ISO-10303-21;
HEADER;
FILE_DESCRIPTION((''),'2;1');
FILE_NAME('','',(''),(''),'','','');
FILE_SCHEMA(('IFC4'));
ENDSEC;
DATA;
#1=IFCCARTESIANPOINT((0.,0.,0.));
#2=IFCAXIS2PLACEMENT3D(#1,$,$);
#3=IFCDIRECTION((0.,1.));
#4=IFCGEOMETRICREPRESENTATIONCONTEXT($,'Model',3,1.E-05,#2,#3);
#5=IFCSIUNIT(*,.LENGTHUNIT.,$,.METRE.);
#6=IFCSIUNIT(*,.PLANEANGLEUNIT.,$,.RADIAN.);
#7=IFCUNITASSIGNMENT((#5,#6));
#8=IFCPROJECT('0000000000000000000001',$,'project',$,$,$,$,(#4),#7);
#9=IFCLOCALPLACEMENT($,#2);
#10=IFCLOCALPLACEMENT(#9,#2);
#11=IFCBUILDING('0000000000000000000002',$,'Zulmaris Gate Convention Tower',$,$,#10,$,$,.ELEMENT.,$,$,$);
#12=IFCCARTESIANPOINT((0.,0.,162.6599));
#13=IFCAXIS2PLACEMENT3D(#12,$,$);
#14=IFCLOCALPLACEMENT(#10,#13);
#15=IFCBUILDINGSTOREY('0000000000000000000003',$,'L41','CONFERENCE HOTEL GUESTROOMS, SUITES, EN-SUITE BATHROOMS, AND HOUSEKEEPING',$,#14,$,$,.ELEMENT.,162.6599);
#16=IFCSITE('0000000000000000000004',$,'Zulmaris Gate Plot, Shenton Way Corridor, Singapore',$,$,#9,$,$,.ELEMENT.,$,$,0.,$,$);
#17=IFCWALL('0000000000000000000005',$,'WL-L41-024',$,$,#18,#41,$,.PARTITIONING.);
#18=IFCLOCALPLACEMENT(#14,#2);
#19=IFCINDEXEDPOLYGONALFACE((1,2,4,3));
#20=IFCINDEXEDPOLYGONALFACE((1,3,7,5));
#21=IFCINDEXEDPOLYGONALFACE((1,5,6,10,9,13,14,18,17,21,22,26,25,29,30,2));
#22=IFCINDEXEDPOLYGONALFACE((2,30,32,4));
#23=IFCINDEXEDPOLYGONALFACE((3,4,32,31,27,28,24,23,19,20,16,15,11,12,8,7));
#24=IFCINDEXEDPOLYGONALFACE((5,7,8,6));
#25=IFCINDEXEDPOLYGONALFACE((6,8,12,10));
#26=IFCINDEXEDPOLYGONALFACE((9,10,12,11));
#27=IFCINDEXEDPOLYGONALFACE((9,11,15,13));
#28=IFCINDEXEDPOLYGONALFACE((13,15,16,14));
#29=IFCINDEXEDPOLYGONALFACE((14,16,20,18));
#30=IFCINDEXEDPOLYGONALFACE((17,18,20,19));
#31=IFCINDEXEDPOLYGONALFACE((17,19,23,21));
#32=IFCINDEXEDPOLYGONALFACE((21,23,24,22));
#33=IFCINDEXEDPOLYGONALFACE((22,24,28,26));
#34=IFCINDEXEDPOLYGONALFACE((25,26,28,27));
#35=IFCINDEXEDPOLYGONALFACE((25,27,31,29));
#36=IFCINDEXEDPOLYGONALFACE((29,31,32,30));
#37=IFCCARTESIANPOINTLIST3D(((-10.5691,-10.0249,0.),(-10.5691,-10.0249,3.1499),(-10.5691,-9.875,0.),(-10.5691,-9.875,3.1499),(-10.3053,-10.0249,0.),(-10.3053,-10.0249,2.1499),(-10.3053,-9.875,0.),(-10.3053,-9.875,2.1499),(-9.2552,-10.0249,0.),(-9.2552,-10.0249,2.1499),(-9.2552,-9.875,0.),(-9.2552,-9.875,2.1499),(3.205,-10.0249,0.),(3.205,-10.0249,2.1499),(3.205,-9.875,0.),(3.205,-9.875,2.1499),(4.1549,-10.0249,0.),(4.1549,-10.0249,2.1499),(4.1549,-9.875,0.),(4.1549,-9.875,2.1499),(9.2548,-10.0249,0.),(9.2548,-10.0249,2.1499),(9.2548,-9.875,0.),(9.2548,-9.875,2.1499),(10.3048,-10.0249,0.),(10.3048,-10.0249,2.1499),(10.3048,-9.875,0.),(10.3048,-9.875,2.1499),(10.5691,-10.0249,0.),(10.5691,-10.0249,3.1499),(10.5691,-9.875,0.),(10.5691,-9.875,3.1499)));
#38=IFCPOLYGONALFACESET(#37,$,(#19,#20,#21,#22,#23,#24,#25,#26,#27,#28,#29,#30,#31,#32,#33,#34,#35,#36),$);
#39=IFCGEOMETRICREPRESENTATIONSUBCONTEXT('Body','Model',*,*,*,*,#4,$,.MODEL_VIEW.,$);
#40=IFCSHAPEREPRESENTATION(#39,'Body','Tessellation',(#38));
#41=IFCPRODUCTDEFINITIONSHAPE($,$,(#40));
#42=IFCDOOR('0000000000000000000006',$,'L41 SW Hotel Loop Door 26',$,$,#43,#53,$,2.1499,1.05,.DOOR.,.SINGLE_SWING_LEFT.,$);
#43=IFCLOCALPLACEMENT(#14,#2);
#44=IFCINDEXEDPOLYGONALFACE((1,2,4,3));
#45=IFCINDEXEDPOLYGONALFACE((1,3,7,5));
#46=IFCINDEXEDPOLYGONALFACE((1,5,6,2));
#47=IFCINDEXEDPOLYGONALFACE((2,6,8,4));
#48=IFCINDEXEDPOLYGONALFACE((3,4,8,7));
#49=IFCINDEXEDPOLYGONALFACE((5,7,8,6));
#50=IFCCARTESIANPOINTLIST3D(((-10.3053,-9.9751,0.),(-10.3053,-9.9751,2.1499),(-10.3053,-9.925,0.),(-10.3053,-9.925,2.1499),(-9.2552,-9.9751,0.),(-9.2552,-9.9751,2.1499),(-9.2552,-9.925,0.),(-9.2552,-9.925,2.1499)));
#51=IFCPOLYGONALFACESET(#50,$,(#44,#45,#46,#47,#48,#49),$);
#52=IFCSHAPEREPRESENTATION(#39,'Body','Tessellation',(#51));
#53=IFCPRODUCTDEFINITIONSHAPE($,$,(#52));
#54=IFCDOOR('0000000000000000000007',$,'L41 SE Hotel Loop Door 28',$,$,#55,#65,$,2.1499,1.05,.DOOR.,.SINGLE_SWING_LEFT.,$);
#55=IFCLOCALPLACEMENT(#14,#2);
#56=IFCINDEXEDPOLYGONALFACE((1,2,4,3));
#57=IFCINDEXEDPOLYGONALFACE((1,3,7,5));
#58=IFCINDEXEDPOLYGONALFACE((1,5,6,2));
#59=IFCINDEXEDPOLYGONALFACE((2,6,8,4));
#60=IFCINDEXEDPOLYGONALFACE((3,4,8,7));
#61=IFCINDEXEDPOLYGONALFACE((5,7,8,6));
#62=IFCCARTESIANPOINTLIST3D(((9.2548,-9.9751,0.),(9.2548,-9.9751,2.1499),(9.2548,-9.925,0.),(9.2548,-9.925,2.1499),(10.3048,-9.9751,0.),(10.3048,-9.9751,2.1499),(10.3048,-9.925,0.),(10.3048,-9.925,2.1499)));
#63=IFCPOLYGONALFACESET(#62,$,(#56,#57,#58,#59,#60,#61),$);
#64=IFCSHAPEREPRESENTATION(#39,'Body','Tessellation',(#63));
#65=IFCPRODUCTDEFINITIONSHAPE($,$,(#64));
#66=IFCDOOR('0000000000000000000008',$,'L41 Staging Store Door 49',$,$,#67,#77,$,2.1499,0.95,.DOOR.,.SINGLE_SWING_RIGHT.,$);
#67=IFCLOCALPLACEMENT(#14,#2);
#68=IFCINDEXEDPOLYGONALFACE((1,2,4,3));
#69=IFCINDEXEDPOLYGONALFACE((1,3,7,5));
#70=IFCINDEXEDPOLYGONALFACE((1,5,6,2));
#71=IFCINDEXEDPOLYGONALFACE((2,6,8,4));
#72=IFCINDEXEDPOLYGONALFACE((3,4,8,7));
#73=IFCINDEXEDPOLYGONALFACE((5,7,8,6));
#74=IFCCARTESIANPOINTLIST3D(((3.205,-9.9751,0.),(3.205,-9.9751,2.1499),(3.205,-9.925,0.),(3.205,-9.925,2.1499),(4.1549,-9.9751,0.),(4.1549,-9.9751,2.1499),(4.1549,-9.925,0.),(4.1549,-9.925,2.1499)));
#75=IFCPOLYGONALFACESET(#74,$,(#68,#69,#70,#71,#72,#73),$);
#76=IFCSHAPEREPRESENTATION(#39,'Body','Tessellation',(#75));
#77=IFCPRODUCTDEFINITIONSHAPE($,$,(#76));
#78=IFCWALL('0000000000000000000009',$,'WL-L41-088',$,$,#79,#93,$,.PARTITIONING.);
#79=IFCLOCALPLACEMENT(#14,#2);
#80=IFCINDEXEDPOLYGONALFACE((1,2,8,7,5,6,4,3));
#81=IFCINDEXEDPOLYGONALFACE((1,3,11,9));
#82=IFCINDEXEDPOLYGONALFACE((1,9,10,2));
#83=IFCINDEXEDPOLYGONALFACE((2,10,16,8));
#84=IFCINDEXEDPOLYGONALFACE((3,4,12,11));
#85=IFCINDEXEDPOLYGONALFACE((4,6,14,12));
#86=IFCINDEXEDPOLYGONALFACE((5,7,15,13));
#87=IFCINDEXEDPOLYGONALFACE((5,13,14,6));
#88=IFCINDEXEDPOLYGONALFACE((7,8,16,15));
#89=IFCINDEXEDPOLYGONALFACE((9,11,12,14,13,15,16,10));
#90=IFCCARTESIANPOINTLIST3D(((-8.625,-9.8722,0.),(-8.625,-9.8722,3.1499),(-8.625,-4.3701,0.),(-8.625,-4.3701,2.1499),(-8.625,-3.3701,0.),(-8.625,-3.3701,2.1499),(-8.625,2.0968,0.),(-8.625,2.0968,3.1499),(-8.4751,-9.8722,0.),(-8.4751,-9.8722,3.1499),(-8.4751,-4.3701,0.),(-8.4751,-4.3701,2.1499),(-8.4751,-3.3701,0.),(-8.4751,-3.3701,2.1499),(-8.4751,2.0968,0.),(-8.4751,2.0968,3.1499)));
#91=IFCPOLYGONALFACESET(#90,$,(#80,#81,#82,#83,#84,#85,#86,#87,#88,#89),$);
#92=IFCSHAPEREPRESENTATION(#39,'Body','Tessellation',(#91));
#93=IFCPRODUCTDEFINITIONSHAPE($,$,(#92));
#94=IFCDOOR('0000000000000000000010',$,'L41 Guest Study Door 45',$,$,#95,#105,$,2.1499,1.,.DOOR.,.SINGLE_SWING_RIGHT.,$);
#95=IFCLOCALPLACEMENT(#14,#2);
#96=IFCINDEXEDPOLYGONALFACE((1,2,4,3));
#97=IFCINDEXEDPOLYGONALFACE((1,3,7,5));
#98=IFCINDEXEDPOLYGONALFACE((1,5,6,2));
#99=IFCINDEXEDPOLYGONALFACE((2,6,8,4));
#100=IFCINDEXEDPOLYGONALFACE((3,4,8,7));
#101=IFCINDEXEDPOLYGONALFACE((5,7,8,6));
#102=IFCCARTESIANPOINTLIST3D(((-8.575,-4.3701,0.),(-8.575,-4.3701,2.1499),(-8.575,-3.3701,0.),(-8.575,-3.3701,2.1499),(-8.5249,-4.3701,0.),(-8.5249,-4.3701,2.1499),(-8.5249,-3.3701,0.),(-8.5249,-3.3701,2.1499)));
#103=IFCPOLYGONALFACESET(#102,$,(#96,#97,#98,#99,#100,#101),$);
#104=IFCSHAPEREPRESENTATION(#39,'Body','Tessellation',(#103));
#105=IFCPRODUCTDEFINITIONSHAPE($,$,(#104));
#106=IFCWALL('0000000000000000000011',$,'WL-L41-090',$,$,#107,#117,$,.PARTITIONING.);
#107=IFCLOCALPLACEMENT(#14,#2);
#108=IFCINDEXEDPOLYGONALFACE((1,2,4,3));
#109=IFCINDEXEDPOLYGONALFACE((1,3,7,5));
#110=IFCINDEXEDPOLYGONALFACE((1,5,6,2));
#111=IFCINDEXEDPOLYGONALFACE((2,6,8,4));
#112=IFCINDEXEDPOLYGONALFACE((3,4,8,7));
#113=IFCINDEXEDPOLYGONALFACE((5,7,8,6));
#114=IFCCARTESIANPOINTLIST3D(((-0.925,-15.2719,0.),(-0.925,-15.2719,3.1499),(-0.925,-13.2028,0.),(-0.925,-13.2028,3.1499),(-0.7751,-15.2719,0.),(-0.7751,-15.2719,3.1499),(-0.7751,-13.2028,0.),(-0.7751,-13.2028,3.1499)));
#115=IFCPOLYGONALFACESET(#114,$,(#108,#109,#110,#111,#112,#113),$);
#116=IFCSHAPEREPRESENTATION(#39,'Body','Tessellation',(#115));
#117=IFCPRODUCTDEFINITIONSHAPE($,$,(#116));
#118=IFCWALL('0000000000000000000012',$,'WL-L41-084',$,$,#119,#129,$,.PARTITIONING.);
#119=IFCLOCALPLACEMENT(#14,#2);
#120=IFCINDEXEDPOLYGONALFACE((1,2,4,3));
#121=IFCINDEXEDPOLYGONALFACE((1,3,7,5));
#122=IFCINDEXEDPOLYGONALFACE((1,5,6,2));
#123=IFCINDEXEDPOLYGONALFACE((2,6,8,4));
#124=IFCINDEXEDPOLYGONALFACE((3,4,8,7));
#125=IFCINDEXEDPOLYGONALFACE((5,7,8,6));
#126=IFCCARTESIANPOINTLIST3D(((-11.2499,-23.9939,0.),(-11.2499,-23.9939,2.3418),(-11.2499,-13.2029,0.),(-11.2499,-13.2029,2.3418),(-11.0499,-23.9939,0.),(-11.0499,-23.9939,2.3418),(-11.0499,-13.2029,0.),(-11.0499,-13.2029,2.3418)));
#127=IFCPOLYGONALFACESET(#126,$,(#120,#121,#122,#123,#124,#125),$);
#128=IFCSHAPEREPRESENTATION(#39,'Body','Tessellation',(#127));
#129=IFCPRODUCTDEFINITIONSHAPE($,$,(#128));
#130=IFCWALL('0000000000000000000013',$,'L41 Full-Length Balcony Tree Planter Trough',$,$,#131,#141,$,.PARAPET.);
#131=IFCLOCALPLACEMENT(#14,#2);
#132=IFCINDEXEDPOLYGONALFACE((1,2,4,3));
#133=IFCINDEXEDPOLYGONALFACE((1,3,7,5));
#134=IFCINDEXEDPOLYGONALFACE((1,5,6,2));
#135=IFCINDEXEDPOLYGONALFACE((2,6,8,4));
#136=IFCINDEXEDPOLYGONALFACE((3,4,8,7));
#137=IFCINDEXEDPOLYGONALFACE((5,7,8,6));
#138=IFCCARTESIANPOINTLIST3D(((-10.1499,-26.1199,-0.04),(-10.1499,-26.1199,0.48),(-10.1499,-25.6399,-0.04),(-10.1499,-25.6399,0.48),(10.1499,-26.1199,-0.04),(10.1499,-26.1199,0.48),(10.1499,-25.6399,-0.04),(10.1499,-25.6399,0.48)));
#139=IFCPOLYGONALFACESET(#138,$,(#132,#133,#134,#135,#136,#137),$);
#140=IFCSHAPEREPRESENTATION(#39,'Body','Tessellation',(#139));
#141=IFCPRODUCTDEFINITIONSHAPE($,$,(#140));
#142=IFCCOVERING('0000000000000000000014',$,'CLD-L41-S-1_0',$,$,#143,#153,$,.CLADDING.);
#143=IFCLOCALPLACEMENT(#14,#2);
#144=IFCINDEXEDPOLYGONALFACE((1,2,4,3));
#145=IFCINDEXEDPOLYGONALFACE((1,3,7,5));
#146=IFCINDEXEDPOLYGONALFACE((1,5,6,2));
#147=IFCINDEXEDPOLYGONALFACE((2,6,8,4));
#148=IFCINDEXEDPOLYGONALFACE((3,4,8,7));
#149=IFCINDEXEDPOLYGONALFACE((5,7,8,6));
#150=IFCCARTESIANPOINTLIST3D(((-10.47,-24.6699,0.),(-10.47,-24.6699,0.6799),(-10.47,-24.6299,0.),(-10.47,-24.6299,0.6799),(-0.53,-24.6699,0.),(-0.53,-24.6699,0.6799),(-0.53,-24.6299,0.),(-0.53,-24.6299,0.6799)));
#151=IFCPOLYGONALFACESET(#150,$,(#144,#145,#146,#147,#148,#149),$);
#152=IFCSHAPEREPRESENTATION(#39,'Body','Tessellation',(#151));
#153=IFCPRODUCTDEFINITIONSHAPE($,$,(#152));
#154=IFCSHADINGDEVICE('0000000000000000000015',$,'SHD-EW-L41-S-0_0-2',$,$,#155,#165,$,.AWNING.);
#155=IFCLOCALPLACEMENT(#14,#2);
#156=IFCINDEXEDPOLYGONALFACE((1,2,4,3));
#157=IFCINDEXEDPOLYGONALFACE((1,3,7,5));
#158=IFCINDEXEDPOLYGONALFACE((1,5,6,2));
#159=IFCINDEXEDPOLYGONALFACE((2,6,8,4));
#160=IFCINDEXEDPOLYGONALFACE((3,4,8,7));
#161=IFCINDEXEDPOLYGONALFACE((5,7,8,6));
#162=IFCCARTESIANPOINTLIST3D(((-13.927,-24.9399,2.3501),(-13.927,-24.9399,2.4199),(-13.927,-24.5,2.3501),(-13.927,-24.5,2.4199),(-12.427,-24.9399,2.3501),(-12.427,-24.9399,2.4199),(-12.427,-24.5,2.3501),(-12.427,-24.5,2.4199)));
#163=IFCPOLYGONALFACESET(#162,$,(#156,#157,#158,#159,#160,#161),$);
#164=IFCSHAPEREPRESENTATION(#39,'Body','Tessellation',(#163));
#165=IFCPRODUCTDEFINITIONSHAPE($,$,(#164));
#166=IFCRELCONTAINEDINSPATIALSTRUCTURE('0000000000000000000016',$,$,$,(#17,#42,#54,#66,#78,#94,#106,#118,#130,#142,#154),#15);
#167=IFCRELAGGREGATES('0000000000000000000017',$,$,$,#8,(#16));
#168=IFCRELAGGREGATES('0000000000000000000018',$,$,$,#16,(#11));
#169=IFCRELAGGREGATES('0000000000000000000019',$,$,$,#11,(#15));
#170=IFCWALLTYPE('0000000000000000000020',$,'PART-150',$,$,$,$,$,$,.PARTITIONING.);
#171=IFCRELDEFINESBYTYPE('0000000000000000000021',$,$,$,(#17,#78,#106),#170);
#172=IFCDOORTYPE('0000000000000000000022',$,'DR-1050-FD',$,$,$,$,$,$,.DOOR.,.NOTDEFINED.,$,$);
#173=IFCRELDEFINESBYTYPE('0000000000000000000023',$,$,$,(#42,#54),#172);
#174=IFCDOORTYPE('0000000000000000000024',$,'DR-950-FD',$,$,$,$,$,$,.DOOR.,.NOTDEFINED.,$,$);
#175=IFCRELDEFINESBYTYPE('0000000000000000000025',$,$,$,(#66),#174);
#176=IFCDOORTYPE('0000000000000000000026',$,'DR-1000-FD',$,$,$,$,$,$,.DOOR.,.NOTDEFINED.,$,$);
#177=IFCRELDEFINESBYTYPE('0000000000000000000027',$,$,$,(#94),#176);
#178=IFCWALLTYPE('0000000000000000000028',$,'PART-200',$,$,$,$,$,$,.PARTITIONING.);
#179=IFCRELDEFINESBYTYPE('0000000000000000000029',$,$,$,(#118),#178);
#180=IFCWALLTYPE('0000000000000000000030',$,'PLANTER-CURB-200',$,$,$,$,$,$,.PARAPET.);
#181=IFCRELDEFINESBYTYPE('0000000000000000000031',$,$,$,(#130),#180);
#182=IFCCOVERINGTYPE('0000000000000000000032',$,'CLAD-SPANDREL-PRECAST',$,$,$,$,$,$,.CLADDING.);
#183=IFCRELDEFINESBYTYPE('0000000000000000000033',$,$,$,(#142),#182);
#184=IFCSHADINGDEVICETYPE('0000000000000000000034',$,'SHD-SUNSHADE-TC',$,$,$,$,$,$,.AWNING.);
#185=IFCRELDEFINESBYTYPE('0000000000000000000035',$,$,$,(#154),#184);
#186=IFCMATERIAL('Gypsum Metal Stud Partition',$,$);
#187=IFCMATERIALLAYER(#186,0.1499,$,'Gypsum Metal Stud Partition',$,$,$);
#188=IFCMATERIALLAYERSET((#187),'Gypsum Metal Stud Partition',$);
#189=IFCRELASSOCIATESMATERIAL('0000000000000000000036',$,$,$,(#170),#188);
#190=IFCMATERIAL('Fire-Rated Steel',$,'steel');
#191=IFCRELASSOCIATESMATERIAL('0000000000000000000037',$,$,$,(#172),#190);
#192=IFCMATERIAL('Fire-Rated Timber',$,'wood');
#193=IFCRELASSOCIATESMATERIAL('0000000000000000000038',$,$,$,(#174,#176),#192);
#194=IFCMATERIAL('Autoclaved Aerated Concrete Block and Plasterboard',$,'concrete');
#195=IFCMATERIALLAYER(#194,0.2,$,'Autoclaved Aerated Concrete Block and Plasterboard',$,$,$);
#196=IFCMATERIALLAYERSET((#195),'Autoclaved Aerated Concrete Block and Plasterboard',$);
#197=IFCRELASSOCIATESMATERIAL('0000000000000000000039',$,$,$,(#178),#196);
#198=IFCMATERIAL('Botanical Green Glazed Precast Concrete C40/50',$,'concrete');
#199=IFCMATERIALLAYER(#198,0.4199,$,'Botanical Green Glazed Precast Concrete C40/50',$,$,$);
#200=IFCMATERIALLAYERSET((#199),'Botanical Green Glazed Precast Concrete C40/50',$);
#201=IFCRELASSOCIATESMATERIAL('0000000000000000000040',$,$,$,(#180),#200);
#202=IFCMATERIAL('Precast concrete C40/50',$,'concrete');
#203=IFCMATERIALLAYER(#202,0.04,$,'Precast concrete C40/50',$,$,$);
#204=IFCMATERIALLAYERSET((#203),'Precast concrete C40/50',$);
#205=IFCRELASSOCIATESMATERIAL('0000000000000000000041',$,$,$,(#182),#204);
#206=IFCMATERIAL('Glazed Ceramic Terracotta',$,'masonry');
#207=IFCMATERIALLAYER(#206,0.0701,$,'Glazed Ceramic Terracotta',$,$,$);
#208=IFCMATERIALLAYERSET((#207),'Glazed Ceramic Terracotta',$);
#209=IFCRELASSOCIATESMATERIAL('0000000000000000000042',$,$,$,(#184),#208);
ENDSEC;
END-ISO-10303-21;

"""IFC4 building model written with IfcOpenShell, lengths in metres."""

from ifc_helpers import new_model, si_unit, direction, frame, frame_2d, origin, place, context, subcontext, project, spatial, rectangle, extrude, material, layer, layer_set, type_object, element, fill, save


model = new_model("IFC4")

# Units and contexts
model_context = context("Model", 3, precision=1e-05, world=origin(), true_north=direction((0.0, 1.0)))
body_context = subcontext(model_context, "Body", "Model", "MODEL_VIEW")
ifc_project = project(units=[si_unit("LENGTHUNIT", "METRE"), si_unit("PLANEANGLEUNIT", "RADIAN")], contexts=[model_context])

# Site, building, storey
site_placement = place(None, origin())
site = spatial("IfcSite", under=ifc_project, at=site_placement, Name="Zulmaris Gate Plot, Shenton Way Corridor, Singapore", CompositionType="ELEMENT", RefElevation=0.0)
building_placement = place(site_placement, origin())
building = spatial("IfcBuilding", under=site, at=building_placement, Name="Zulmaris Gate Convention Tower", CompositionType="ELEMENT")
storey_placement = place(building_placement, frame((0.0, 0.0, 162.6599)))
storey = spatial("IfcBuildingStorey", under=building, at=storey_placement, Name="L41", Description="CONFERENCE HOTEL GUESTROOMS, SUITES, EN-SUITE BATHROOMS, AND HOUSEKEEPING", CompositionType="ELEMENT", Elevation=162.6599)

# Shared definitions
ifc_material_1 = material(Name="Gypsum Metal Stud Partition")
ifc_layer_1 = layer(ifc_material_1, 0.1499, Name="Gypsum Metal Stud Partition")
ifc_layer_set_1 = layer_set([ifc_layer_1], Name="Gypsum Metal Stud Partition")
wall_type_1 = type_object("IfcWallType", Name="PART-150", PredefinedType="PARTITIONING", material=ifc_layer_set_1)

# Wall, openings, doors
wall_1_placement = place(storey_placement, frame((-10.5691, -9.95, 0.0), z_axis=(0.0, 0.0, 1.0), x_axis=(1.0, 0.0, 0.0)))
wall_1 = element("IfcWall", 1, at=wall_1_placement, inside=storey, type_object=wall_type_1, Name="WL-L41-024", PredefinedType="PARTITIONING", context=body_context, shape_type="SweptSolid", body=[
    extrude(rectangle(XDim=21.1382, YDim=0.1499, at=frame_2d((10.5691, 0.0))), origin(), (0.0, 0.0, 1.0), 3.1499),
])
opening_1_placement = place(wall_1_placement, frame((0.2639, 0.0, 0.0)))
opening_1 = element("IfcOpeningElement", 2, at=opening_1_placement, cuts=wall_1, PredefinedType="OPENING", context=body_context, shape_type="SweptSolid", body=[
    extrude(rectangle(XDim=1.05, YDim=2.1499, at=frame_2d((0.5249, 1.075))), frame((0.0, 0.085, 0.0), z_axis=(0.0, -1.0, 0.0), x_axis=(1.0, 0.0, 0.0)), (0.0, 0.0, 1.0), 0.1699),
])
opening_2_placement = place(wall_1_placement, frame((19.824, 0.0, 0.0)))
opening_2 = element("IfcOpeningElement", 3, at=opening_2_placement, cuts=wall_1, PredefinedType="OPENING", context=body_context, shape_type="SweptSolid", body=[
    extrude(rectangle(XDim=1.05, YDim=2.1499, at=frame_2d((0.5249, 1.075))), frame((0.0, 0.085, 0.0), z_axis=(0.0, -1.0, 0.0), x_axis=(1.0, 0.0, 0.0)), (0.0, 0.0, 1.0), 0.1699),
])
opening_3_placement = place(wall_1_placement, frame((13.7739, 0.0, 0.0)))
opening_3 = element("IfcOpeningElement", 4, at=opening_3_placement, cuts=wall_1, PredefinedType="OPENING", context=body_context, shape_type="SweptSolid", body=[
    extrude(rectangle(XDim=0.95, YDim=2.1499, at=frame_2d((0.4751, 1.075))), frame((0.0, 0.085, 0.0), z_axis=(0.0, -1.0, 0.0), x_axis=(1.0, 0.0, 0.0)), (0.0, 0.0, 1.0), 0.1699),
])
ifc_material_2 = material(Name="Fire-Rated Steel", Category="steel")
door_type_1 = type_object("IfcDoorType", Name="DR-1050-FD", OperationType="NOTDEFINED", PredefinedType="DOOR", material=ifc_material_2)
door_1_placement = place(opening_1_placement, origin())
door_1 = element("IfcDoor", 5, at=door_1_placement, inside=storey, type_object=door_type_1, Name="L41 SW Hotel Loop Door 26", OperationType="SINGLE_SWING_LEFT", OverallHeight=2.1499, OverallWidth=1.05, PredefinedType="DOOR", context=body_context, shape_type="SweptSolid", body=[
    extrude(rectangle(XDim=1.05, YDim=2.1499, at=frame_2d((0.5249, 1.075))), frame((0.0, 0.0249, 0.0), z_axis=(0.0, -1.0, 0.0), x_axis=(1.0, 0.0, 0.0)), (0.0, 0.0, 1.0), 0.05),
])
fill(opening_1, door_1)
door_2_placement = place(opening_2_placement, origin())
door_2 = element("IfcDoor", 6, at=door_2_placement, inside=storey, type_object=door_type_1, Name="L41 SE Hotel Loop Door 28", OperationType="SINGLE_SWING_LEFT", OverallHeight=2.1499, OverallWidth=1.05, PredefinedType="DOOR", context=body_context, shape_type="SweptSolid", body=[
    extrude(rectangle(XDim=1.05, YDim=2.1499, at=frame_2d((0.5249, 1.075))), frame((0.0, 0.0249, 0.0), z_axis=(0.0, -1.0, 0.0), x_axis=(1.0, 0.0, 0.0)), (0.0, 0.0, 1.0), 0.05),
])
fill(opening_2, door_2)
ifc_material_3 = material(Name="Fire-Rated Timber", Category="wood")
door_type_2 = type_object("IfcDoorType", Name="DR-950-FD", OperationType="NOTDEFINED", PredefinedType="DOOR", material=ifc_material_3)
door_3_placement = place(opening_3_placement, origin())
door_3 = element("IfcDoor", 7, at=door_3_placement, inside=storey, type_object=door_type_2, Name="L41 Staging Store Door 49", OperationType="SINGLE_SWING_RIGHT", OverallHeight=2.1499, OverallWidth=0.95, PredefinedType="DOOR", context=body_context, shape_type="SweptSolid", body=[
    extrude(rectangle(XDim=0.95, YDim=2.1499, at=frame_2d((0.4751, 1.075))), frame((0.0, 0.0249, 0.0), z_axis=(0.0, -1.0, 0.0), x_axis=(1.0, 0.0, 0.0)), (0.0, 0.0, 1.0), 0.05),
])
fill(opening_3, door_3)

# Wall, opening, door
wall_2_placement = place(storey_placement, frame((-8.55, -9.8721, 0.0), z_axis=(0.0, 0.0, 1.0), x_axis=(0.0, 1.0, 0.0)))
wall_2 = element("IfcWall", 8, at=wall_2_placement, inside=storey, type_object=wall_type_1, Name="WL-L41-088", PredefinedType="PARTITIONING", context=body_context, shape_type="SweptSolid", body=[
    extrude(rectangle(XDim=11.969, YDim=0.1499, at=frame_2d((5.9844, 0.0))), origin(), (0.0, 0.0, 1.0), 3.1499),
])
opening_4_placement = place(wall_2_placement, frame((5.502, 0.0, 0.0)))
opening_4 = element("IfcOpeningElement", 9, at=opening_4_placement, cuts=wall_2, PredefinedType="OPENING", context=body_context, shape_type="SweptSolid", body=[
    extrude(rectangle(XDim=1.0, YDim=2.1499, at=frame_2d((0.5, 1.075))), frame((0.0, 0.085, 0.0), z_axis=(0.0, -1.0, 0.0), x_axis=(1.0, 0.0, 0.0)), (0.0, 0.0, 1.0), 0.1699),
])
door_type_3 = type_object("IfcDoorType", Name="DR-1000-FD", OperationType="NOTDEFINED", PredefinedType="DOOR", material=ifc_material_3)
door_4_placement = place(opening_4_placement, origin())
door_4 = element("IfcDoor", 10, at=door_4_placement, inside=storey, type_object=door_type_3, Name="L41 Guest Study Door 45", OperationType="SINGLE_SWING_RIGHT", OverallHeight=2.1499, OverallWidth=1.0, PredefinedType="DOOR", context=body_context, shape_type="SweptSolid", body=[
    extrude(rectangle(XDim=1.0, YDim=2.1499, at=frame_2d((0.5, 1.075))), frame((0.0, 0.0249, 0.0), z_axis=(0.0, -1.0, 0.0), x_axis=(1.0, 0.0, 0.0)), (0.0, 0.0, 1.0), 0.05),
])
fill(opening_4, door_4)

# Walls
wall_3_placement = place(storey_placement, frame((-0.8501, -15.272, 0.0), z_axis=(0.0, 0.0, 1.0), x_axis=(0.0, 1.0, 0.0)))
element("IfcWall", 11, at=wall_3_placement, inside=storey, type_object=wall_type_1, Name="WL-L41-090", PredefinedType="PARTITIONING", context=body_context, shape_type="SweptSolid", body=[
    extrude(rectangle(XDim=2.0691, YDim=0.1499, at=frame_2d((1.0347, 0.0))), origin(), (0.0, 0.0, 1.0), 3.1499),
])
ifc_material_4 = material(Name="Autoclaved Aerated Concrete Block and Plasterboard", Category="concrete")
ifc_layer_2 = layer(ifc_material_4, 0.2, Name="Autoclaved Aerated Concrete Block and Plasterboard")
ifc_layer_set_2 = layer_set([ifc_layer_2], Name="Autoclaved Aerated Concrete Block and Plasterboard")
wall_type_2 = type_object("IfcWallType", Name="PART-200", PredefinedType="PARTITIONING", material=ifc_layer_set_2)
wall_4_placement = place(storey_placement, frame((-11.1499, -23.9939, 0.0), z_axis=(0.0, 0.0, 1.0), x_axis=(0.0, 1.0, 0.0)))
element("IfcWall", 12, at=wall_4_placement, inside=storey, type_object=wall_type_2, Name="WL-L41-084", PredefinedType="PARTITIONING", context=body_context, shape_type="SweptSolid", body=[
    extrude(rectangle(XDim=10.791, YDim=0.2, at=frame_2d((5.3955, 0.0))), origin(), (0.0, 0.0, 1.0), 2.3418),
])
ifc_material_5 = material(Name="Botanical Green Glazed Precast Concrete C40/50", Category="concrete")
ifc_layer_3 = layer(ifc_material_5, 0.4199, Name="Botanical Green Glazed Precast Concrete C40/50")
ifc_layer_set_3 = layer_set([ifc_layer_3], Name="Botanical Green Glazed Precast Concrete C40/50")
wall_type_3 = type_object("IfcWallType", Name="PLANTER-CURB-200", PredefinedType="PARAPET", material=ifc_layer_set_3)
wall_5_placement = place(storey_placement, frame((-10.1499, -25.8799, -0.04), z_axis=(0.0, 0.0, 1.0), x_axis=(1.0, 0.0, 0.0)))
element("IfcWall", 13, at=wall_5_placement, inside=storey, type_object=wall_type_3, Name="L41 Full-Length Balcony Tree Planter Trough", PredefinedType="PARAPET", context=body_context, shape_type="SweptSolid", body=[
    extrude(rectangle(XDim=20.2998, YDim=0.48, at=frame_2d((10.1499, 0.0))), origin(), (0.0, 0.0, 1.0), 0.52),
])

# Shared definitions
ifc_material_6 = material(Name="Precast concrete C40/50", Category="concrete")

# Covering
ifc_layer_4 = layer(ifc_material_6, 0.04, Name="Precast concrete C40/50")
ifc_layer_set_4 = layer_set([ifc_layer_4], Name="Precast concrete C40/50")
covering_type = type_object("IfcCoveringType", Name="CLAD-SPANDREL-PRECAST", PredefinedType="CLADDING", material=ifc_layer_set_4)
covering_placement = place(storey_placement, frame((-10.47, -24.6499, 0.0), z_axis=(0.0, 0.0, 1.0), x_axis=(1.0, 0.0, 0.0)))
element("IfcCovering", 14, at=covering_placement, inside=storey, type_object=covering_type, Name="CLD-L41-S-1_0", PredefinedType="CLADDING", context=body_context, shape_type="SweptSolid", body=[
    extrude(rectangle(XDim=9.9399, YDim=0.04, at=frame_2d((4.97, 0.0))), origin(), (0.0, 0.0, 1.0), 0.6799),
])

# Shading device
ifc_material_7 = material(Name="Glazed Ceramic Terracotta", Category="masonry")
ifc_layer_5 = layer(ifc_material_7, 0.0701, Name="Glazed Ceramic Terracotta")
ifc_layer_set_5 = layer_set([ifc_layer_5], Name="Glazed Ceramic Terracotta")
shading_device_type = type_object("IfcShadingDeviceType", Name="SHD-SUNSHADE-TC", PredefinedType="AWNING", material=ifc_layer_set_5)
for number, where, z_axis, x_axis, name in (
    (15, (-13.927, -24.72, 2.3501), (0.0, 0.0, 1.0), (1.0, 0.0, 0.0), "SHD-EW-L41-S-0_0-2"),
):
    element("IfcShadingDevice", number, at=place(storey_placement, frame(where, z_axis=z_axis, x_axis=x_axis)), inside=storey, type_object=shading_device_type, Name=name, PredefinedType="AWNING", context=body_context, shape_type="SweptSolid", body=[
        extrude(rectangle(XDim=1.5, YDim=0.4399, at=frame_2d((0.75, 0.0))), origin(), (0.0, 0.0, 1.0), 0.0698),
    ])

save(model, "model.ifc")
